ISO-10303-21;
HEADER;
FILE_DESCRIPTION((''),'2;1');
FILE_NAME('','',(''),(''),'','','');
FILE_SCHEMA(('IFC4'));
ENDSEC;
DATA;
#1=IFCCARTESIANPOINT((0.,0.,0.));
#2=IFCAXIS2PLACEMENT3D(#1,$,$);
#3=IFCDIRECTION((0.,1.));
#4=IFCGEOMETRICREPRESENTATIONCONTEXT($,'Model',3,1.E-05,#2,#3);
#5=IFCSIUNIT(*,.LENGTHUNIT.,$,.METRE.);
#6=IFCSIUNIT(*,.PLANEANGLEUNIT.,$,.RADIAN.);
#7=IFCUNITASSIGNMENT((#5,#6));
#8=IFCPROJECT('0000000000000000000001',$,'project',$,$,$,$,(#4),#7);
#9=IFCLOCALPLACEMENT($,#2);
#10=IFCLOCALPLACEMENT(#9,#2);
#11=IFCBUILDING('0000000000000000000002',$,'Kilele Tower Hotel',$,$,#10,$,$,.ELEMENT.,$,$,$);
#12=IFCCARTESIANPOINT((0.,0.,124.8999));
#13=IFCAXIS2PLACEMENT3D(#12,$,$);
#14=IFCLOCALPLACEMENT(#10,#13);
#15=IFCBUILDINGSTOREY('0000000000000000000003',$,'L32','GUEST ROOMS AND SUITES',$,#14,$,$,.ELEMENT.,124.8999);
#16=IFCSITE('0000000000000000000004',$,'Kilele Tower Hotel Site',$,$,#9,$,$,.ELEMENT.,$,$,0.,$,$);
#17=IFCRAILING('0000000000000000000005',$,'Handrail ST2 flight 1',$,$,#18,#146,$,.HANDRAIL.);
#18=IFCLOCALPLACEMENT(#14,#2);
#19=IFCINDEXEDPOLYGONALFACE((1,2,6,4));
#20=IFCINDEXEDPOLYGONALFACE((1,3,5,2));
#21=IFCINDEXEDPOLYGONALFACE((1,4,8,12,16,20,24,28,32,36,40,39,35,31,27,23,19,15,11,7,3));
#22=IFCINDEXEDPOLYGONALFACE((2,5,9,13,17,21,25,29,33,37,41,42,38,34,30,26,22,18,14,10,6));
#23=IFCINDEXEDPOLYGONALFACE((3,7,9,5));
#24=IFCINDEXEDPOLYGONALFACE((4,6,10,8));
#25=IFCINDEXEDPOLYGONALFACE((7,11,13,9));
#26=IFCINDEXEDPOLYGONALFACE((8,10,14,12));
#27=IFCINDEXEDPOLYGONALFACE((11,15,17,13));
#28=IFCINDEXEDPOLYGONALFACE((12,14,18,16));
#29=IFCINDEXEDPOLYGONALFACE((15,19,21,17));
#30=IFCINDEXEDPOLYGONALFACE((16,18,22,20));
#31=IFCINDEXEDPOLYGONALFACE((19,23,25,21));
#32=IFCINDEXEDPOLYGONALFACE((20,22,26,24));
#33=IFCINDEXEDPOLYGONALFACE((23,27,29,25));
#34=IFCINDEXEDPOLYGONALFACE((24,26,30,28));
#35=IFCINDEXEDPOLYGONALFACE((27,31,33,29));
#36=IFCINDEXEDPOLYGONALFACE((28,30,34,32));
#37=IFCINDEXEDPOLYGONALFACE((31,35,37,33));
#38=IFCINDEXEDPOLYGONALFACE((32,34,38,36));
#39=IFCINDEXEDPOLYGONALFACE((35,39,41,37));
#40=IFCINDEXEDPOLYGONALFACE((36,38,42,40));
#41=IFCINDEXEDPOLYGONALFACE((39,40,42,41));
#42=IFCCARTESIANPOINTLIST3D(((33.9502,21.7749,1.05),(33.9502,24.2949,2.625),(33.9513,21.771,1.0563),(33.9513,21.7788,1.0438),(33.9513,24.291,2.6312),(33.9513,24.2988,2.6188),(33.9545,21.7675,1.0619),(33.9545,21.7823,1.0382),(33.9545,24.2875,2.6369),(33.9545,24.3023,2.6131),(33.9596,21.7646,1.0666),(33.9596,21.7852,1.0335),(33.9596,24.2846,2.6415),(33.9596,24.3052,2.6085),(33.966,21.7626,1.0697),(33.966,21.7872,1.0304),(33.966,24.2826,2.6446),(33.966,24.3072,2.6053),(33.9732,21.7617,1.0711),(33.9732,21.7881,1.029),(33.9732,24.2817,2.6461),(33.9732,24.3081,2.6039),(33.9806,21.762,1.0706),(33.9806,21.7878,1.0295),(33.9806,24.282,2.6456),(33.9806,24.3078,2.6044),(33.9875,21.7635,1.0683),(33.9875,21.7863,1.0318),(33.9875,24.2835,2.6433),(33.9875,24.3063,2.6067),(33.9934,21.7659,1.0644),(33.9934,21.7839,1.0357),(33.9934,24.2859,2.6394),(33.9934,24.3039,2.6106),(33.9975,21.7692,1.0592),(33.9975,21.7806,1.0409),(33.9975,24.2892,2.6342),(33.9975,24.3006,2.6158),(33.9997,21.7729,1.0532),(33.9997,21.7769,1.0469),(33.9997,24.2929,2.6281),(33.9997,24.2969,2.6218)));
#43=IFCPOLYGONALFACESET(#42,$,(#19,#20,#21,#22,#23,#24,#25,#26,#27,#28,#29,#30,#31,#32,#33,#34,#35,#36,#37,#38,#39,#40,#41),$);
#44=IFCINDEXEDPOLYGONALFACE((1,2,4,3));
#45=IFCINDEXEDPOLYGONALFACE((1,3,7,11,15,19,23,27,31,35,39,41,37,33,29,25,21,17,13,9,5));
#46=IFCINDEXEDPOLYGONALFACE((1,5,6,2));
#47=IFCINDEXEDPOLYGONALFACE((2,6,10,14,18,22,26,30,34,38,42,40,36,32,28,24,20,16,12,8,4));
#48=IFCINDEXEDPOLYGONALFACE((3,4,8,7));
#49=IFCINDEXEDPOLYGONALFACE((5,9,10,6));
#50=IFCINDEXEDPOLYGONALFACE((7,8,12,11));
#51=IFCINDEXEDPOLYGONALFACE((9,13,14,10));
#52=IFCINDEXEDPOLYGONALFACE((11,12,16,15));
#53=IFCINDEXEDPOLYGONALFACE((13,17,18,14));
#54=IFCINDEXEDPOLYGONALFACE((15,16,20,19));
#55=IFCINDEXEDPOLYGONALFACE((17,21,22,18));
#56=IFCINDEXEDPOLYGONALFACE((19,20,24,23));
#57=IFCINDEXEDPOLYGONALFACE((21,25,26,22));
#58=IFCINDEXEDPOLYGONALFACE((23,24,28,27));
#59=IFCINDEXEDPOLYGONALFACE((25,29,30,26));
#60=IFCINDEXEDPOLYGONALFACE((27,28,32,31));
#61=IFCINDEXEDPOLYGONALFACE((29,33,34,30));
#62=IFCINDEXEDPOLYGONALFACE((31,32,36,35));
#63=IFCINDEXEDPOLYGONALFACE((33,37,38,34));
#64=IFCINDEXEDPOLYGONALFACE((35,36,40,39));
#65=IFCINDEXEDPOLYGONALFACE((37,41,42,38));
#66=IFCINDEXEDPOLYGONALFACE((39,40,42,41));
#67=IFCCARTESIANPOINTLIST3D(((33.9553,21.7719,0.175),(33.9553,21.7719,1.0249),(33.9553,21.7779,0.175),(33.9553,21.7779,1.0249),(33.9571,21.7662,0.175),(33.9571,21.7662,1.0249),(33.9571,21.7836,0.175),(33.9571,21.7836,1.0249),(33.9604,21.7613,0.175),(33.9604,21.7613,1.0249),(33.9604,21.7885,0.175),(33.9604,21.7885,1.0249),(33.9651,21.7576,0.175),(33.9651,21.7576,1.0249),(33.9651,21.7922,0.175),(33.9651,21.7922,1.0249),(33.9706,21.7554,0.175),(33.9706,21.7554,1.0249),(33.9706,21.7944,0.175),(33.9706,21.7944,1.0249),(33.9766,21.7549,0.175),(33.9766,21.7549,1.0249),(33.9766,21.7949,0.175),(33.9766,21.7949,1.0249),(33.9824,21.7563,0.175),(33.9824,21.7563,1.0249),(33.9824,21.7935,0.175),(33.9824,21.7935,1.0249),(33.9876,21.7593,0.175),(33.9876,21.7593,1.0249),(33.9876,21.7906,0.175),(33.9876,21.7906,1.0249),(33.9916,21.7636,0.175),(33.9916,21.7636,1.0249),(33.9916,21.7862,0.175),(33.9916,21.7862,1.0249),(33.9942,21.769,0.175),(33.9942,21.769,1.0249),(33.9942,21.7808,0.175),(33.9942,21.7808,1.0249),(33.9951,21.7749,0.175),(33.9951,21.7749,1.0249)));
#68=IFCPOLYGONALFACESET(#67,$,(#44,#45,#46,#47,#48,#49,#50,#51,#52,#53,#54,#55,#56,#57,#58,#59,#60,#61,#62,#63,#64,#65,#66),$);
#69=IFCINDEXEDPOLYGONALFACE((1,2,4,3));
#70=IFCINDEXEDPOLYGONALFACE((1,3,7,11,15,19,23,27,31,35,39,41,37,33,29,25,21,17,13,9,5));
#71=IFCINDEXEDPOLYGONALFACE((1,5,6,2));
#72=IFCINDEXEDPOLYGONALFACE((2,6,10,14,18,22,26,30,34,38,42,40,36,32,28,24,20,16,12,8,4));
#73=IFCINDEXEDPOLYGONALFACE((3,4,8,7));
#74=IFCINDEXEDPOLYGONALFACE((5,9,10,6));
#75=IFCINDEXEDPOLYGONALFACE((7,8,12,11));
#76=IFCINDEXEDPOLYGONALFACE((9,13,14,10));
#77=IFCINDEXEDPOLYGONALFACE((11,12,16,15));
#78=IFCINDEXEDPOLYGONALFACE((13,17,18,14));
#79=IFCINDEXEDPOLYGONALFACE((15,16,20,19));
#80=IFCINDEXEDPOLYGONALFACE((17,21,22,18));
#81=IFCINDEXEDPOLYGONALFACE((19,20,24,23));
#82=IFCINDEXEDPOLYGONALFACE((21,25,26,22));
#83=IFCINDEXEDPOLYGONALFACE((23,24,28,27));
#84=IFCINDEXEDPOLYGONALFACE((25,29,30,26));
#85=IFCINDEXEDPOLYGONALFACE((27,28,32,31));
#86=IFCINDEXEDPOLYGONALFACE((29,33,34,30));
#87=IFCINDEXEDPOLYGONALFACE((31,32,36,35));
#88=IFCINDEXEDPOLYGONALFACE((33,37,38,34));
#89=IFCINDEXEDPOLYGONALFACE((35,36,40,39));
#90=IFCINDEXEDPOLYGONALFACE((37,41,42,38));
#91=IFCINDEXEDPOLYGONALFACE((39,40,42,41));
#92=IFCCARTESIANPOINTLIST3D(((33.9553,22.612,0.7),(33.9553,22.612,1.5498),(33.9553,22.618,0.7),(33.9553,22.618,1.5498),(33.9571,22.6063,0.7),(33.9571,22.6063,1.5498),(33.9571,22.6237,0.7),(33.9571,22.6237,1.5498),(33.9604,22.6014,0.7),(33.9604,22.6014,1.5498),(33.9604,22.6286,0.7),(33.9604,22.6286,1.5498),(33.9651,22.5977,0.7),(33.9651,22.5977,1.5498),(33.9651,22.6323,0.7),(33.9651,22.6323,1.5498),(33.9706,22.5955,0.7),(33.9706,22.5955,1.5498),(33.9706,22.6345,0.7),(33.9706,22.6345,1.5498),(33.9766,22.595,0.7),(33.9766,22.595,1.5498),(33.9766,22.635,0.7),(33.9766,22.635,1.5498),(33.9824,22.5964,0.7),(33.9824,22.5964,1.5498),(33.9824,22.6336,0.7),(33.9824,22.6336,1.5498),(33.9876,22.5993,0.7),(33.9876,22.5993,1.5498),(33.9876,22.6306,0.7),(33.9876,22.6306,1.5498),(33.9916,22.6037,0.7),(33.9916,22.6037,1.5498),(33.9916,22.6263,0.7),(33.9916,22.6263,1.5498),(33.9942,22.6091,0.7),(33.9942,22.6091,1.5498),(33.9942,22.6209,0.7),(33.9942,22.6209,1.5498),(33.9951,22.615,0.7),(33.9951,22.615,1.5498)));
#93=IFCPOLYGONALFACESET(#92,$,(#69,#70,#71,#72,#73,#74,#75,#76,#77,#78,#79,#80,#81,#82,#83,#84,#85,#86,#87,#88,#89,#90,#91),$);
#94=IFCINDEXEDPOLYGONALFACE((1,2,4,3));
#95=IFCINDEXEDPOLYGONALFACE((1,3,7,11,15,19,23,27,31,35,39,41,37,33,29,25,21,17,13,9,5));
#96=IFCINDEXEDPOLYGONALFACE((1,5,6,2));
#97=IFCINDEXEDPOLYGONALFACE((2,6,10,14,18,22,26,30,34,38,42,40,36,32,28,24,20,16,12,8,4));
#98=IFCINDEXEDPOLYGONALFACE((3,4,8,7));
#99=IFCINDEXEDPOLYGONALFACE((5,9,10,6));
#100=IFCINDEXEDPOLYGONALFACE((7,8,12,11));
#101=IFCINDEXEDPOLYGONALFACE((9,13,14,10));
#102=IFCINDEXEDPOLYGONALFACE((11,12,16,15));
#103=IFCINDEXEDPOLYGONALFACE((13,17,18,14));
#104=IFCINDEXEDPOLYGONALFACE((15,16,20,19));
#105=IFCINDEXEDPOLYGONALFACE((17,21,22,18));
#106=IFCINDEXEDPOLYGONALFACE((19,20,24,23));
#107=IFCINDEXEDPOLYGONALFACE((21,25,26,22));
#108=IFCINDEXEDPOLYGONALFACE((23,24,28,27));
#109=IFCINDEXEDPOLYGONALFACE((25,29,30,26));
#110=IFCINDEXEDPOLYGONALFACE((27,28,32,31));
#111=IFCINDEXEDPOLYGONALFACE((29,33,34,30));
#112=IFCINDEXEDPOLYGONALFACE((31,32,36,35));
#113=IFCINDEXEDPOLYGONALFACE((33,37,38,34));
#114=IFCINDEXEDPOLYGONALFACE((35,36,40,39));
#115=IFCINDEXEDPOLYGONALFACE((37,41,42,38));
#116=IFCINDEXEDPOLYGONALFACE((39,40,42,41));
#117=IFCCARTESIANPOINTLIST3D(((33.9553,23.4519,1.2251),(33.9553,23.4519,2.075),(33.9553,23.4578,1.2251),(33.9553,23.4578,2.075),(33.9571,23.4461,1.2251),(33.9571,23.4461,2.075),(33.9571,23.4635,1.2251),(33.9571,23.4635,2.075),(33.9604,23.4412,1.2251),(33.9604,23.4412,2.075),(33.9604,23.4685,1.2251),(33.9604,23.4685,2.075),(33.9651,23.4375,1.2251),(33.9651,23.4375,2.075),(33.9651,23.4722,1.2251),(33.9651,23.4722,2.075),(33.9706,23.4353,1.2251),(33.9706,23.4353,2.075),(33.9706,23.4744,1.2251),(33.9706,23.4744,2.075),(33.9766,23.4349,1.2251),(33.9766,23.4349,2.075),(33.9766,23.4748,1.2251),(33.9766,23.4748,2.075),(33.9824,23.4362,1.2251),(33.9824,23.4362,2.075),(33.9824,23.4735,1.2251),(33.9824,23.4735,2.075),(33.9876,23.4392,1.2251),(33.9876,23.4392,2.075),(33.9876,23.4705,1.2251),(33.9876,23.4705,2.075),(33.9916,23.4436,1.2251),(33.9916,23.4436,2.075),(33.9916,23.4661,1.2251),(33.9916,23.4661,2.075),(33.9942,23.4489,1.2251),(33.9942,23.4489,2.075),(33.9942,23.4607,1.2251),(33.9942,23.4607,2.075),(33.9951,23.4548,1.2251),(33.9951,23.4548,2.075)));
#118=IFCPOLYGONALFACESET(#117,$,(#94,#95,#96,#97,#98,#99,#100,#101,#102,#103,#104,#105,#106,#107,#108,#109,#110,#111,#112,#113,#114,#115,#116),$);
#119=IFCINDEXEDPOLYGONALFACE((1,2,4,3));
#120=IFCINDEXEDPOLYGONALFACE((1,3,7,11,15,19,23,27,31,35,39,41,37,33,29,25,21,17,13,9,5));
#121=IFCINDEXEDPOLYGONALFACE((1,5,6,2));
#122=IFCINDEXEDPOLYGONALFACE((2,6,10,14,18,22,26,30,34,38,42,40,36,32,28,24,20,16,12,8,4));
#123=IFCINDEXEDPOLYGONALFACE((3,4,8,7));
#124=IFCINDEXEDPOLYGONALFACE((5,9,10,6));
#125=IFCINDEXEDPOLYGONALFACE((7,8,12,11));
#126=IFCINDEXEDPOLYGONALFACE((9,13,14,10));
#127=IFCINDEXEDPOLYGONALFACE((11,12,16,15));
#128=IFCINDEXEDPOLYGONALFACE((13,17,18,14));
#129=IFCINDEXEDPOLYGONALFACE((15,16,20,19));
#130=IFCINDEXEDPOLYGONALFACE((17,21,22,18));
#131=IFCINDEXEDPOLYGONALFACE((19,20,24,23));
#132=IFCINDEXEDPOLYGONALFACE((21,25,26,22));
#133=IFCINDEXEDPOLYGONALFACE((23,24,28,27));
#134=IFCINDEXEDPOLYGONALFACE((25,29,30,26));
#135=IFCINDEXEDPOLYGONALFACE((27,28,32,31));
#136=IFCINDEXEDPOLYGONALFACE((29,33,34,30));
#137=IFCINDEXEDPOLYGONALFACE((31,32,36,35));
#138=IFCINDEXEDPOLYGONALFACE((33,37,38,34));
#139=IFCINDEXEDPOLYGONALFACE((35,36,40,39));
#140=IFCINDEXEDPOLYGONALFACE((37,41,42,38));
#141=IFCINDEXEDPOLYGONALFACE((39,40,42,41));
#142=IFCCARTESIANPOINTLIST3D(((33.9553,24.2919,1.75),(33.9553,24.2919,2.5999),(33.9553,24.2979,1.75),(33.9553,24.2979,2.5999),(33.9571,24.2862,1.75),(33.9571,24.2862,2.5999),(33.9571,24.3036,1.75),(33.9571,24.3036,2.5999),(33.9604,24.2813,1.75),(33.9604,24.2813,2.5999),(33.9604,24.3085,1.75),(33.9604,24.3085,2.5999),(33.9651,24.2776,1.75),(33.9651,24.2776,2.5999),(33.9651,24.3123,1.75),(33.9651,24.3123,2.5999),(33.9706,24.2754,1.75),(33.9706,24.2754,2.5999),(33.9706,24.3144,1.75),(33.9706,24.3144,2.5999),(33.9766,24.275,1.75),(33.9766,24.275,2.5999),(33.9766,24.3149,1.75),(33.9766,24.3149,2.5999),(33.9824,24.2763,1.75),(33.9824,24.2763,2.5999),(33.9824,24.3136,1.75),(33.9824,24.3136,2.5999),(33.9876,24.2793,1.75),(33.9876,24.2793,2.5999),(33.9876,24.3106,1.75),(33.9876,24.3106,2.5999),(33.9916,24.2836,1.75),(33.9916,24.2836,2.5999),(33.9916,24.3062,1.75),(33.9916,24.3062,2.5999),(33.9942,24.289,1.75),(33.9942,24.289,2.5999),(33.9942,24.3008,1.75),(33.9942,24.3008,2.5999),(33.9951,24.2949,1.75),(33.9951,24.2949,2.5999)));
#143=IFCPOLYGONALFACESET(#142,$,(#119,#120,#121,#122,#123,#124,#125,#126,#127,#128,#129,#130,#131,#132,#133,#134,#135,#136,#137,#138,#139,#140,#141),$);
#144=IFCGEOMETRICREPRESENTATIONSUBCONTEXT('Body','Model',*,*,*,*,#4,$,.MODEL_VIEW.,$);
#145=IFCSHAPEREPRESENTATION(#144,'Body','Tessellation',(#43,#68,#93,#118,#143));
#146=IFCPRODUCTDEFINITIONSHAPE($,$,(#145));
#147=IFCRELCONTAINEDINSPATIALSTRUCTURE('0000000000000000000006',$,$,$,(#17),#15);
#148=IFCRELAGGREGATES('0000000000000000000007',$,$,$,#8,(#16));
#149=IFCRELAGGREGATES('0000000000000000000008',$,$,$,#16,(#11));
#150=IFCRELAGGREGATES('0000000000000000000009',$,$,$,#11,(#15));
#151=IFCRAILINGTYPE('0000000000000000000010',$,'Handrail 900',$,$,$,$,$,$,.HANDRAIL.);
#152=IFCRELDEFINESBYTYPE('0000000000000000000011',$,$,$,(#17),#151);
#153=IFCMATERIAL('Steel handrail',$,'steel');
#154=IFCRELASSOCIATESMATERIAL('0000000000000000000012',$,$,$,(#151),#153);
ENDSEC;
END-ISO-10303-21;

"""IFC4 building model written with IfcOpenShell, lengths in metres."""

from ifc_helpers import new_model, si_unit, direction, frame, origin, origin_2d, place, context, subcontext, project, spatial, circle, extrude, material, type_object, element, save


model = new_model("IFC4")

# Units and contexts
model_context = context("Model", 3, precision=1e-05, world=origin(), true_north=direction((0.0, 1.0)))
body_context = subcontext(model_context, "Body", "Model", "MODEL_VIEW")
ifc_project = project(units=[si_unit("LENGTHUNIT", "METRE"), si_unit("PLANEANGLEUNIT", "RADIAN")], contexts=[model_context])

# Site, building, storey
site_placement = place(None, origin())
site = spatial("IfcSite", under=ifc_project, at=site_placement, Name="Kilele Tower Hotel Site", CompositionType="ELEMENT", RefElevation=0.0)
building_placement = place(site_placement, origin())
building = spatial("IfcBuilding", under=site, at=building_placement, Name="Kilele Tower Hotel", CompositionType="ELEMENT")
storey_placement = place(building_placement, frame((0.0, 0.0, 124.8999)))
storey = spatial("IfcBuildingStorey", under=building, at=storey_placement, Name="L32", Description="GUEST ROOMS AND SUITES", CompositionType="ELEMENT", Elevation=124.8999)

# Railing
ifc_material_1 = material(Name="Steel handrail", Category="steel")
railing_type_1 = type_object("IfcRailingType", Name="Handrail 900", PredefinedType="HANDRAIL", material=ifc_material_1)
for number, where, name in (
    (1, (33.9751, 21.7749, 0.175), "Handrail ST2 flight 1"),
):
    element("IfcRailing", number, at=place(storey_placement, frame(where)), inside=storey, type_object=railing_type_1, Name=name, PredefinedType="HANDRAIL", context=body_context, shape_type="SweptSolid", body=[
        extrude(circle(Radius=0.0249, at=origin_2d()), frame((0.0, 0.0, 0.875), z_axis=(0.0, 0.848008, 0.529984), x_axis=(-1.0, 0.0, 0.0)), (0.0, 0.0, 1.0), 2.9717),
        extrude(circle(Radius=0.02, at=origin_2d()), origin(), (0.0, 0.0, 1.0), 0.8499),
        extrude(circle(Radius=0.02, at=origin_2d()), frame((0.0, 0.8401, 0.5249)), (0.0, 0.0, 1.0), 0.8499),
        extrude(circle(Radius=0.02, at=origin_2d()), frame((0.0, 1.6799, 1.05)), (0.0, 0.0, 1.0), 0.8499),
        extrude(circle(Radius=0.02, at=origin_2d()), frame((0.0, 2.52, 1.575)), (0.0, 0.0, 1.0), 0.8499),
    ])

save(model, "model.ifc")
